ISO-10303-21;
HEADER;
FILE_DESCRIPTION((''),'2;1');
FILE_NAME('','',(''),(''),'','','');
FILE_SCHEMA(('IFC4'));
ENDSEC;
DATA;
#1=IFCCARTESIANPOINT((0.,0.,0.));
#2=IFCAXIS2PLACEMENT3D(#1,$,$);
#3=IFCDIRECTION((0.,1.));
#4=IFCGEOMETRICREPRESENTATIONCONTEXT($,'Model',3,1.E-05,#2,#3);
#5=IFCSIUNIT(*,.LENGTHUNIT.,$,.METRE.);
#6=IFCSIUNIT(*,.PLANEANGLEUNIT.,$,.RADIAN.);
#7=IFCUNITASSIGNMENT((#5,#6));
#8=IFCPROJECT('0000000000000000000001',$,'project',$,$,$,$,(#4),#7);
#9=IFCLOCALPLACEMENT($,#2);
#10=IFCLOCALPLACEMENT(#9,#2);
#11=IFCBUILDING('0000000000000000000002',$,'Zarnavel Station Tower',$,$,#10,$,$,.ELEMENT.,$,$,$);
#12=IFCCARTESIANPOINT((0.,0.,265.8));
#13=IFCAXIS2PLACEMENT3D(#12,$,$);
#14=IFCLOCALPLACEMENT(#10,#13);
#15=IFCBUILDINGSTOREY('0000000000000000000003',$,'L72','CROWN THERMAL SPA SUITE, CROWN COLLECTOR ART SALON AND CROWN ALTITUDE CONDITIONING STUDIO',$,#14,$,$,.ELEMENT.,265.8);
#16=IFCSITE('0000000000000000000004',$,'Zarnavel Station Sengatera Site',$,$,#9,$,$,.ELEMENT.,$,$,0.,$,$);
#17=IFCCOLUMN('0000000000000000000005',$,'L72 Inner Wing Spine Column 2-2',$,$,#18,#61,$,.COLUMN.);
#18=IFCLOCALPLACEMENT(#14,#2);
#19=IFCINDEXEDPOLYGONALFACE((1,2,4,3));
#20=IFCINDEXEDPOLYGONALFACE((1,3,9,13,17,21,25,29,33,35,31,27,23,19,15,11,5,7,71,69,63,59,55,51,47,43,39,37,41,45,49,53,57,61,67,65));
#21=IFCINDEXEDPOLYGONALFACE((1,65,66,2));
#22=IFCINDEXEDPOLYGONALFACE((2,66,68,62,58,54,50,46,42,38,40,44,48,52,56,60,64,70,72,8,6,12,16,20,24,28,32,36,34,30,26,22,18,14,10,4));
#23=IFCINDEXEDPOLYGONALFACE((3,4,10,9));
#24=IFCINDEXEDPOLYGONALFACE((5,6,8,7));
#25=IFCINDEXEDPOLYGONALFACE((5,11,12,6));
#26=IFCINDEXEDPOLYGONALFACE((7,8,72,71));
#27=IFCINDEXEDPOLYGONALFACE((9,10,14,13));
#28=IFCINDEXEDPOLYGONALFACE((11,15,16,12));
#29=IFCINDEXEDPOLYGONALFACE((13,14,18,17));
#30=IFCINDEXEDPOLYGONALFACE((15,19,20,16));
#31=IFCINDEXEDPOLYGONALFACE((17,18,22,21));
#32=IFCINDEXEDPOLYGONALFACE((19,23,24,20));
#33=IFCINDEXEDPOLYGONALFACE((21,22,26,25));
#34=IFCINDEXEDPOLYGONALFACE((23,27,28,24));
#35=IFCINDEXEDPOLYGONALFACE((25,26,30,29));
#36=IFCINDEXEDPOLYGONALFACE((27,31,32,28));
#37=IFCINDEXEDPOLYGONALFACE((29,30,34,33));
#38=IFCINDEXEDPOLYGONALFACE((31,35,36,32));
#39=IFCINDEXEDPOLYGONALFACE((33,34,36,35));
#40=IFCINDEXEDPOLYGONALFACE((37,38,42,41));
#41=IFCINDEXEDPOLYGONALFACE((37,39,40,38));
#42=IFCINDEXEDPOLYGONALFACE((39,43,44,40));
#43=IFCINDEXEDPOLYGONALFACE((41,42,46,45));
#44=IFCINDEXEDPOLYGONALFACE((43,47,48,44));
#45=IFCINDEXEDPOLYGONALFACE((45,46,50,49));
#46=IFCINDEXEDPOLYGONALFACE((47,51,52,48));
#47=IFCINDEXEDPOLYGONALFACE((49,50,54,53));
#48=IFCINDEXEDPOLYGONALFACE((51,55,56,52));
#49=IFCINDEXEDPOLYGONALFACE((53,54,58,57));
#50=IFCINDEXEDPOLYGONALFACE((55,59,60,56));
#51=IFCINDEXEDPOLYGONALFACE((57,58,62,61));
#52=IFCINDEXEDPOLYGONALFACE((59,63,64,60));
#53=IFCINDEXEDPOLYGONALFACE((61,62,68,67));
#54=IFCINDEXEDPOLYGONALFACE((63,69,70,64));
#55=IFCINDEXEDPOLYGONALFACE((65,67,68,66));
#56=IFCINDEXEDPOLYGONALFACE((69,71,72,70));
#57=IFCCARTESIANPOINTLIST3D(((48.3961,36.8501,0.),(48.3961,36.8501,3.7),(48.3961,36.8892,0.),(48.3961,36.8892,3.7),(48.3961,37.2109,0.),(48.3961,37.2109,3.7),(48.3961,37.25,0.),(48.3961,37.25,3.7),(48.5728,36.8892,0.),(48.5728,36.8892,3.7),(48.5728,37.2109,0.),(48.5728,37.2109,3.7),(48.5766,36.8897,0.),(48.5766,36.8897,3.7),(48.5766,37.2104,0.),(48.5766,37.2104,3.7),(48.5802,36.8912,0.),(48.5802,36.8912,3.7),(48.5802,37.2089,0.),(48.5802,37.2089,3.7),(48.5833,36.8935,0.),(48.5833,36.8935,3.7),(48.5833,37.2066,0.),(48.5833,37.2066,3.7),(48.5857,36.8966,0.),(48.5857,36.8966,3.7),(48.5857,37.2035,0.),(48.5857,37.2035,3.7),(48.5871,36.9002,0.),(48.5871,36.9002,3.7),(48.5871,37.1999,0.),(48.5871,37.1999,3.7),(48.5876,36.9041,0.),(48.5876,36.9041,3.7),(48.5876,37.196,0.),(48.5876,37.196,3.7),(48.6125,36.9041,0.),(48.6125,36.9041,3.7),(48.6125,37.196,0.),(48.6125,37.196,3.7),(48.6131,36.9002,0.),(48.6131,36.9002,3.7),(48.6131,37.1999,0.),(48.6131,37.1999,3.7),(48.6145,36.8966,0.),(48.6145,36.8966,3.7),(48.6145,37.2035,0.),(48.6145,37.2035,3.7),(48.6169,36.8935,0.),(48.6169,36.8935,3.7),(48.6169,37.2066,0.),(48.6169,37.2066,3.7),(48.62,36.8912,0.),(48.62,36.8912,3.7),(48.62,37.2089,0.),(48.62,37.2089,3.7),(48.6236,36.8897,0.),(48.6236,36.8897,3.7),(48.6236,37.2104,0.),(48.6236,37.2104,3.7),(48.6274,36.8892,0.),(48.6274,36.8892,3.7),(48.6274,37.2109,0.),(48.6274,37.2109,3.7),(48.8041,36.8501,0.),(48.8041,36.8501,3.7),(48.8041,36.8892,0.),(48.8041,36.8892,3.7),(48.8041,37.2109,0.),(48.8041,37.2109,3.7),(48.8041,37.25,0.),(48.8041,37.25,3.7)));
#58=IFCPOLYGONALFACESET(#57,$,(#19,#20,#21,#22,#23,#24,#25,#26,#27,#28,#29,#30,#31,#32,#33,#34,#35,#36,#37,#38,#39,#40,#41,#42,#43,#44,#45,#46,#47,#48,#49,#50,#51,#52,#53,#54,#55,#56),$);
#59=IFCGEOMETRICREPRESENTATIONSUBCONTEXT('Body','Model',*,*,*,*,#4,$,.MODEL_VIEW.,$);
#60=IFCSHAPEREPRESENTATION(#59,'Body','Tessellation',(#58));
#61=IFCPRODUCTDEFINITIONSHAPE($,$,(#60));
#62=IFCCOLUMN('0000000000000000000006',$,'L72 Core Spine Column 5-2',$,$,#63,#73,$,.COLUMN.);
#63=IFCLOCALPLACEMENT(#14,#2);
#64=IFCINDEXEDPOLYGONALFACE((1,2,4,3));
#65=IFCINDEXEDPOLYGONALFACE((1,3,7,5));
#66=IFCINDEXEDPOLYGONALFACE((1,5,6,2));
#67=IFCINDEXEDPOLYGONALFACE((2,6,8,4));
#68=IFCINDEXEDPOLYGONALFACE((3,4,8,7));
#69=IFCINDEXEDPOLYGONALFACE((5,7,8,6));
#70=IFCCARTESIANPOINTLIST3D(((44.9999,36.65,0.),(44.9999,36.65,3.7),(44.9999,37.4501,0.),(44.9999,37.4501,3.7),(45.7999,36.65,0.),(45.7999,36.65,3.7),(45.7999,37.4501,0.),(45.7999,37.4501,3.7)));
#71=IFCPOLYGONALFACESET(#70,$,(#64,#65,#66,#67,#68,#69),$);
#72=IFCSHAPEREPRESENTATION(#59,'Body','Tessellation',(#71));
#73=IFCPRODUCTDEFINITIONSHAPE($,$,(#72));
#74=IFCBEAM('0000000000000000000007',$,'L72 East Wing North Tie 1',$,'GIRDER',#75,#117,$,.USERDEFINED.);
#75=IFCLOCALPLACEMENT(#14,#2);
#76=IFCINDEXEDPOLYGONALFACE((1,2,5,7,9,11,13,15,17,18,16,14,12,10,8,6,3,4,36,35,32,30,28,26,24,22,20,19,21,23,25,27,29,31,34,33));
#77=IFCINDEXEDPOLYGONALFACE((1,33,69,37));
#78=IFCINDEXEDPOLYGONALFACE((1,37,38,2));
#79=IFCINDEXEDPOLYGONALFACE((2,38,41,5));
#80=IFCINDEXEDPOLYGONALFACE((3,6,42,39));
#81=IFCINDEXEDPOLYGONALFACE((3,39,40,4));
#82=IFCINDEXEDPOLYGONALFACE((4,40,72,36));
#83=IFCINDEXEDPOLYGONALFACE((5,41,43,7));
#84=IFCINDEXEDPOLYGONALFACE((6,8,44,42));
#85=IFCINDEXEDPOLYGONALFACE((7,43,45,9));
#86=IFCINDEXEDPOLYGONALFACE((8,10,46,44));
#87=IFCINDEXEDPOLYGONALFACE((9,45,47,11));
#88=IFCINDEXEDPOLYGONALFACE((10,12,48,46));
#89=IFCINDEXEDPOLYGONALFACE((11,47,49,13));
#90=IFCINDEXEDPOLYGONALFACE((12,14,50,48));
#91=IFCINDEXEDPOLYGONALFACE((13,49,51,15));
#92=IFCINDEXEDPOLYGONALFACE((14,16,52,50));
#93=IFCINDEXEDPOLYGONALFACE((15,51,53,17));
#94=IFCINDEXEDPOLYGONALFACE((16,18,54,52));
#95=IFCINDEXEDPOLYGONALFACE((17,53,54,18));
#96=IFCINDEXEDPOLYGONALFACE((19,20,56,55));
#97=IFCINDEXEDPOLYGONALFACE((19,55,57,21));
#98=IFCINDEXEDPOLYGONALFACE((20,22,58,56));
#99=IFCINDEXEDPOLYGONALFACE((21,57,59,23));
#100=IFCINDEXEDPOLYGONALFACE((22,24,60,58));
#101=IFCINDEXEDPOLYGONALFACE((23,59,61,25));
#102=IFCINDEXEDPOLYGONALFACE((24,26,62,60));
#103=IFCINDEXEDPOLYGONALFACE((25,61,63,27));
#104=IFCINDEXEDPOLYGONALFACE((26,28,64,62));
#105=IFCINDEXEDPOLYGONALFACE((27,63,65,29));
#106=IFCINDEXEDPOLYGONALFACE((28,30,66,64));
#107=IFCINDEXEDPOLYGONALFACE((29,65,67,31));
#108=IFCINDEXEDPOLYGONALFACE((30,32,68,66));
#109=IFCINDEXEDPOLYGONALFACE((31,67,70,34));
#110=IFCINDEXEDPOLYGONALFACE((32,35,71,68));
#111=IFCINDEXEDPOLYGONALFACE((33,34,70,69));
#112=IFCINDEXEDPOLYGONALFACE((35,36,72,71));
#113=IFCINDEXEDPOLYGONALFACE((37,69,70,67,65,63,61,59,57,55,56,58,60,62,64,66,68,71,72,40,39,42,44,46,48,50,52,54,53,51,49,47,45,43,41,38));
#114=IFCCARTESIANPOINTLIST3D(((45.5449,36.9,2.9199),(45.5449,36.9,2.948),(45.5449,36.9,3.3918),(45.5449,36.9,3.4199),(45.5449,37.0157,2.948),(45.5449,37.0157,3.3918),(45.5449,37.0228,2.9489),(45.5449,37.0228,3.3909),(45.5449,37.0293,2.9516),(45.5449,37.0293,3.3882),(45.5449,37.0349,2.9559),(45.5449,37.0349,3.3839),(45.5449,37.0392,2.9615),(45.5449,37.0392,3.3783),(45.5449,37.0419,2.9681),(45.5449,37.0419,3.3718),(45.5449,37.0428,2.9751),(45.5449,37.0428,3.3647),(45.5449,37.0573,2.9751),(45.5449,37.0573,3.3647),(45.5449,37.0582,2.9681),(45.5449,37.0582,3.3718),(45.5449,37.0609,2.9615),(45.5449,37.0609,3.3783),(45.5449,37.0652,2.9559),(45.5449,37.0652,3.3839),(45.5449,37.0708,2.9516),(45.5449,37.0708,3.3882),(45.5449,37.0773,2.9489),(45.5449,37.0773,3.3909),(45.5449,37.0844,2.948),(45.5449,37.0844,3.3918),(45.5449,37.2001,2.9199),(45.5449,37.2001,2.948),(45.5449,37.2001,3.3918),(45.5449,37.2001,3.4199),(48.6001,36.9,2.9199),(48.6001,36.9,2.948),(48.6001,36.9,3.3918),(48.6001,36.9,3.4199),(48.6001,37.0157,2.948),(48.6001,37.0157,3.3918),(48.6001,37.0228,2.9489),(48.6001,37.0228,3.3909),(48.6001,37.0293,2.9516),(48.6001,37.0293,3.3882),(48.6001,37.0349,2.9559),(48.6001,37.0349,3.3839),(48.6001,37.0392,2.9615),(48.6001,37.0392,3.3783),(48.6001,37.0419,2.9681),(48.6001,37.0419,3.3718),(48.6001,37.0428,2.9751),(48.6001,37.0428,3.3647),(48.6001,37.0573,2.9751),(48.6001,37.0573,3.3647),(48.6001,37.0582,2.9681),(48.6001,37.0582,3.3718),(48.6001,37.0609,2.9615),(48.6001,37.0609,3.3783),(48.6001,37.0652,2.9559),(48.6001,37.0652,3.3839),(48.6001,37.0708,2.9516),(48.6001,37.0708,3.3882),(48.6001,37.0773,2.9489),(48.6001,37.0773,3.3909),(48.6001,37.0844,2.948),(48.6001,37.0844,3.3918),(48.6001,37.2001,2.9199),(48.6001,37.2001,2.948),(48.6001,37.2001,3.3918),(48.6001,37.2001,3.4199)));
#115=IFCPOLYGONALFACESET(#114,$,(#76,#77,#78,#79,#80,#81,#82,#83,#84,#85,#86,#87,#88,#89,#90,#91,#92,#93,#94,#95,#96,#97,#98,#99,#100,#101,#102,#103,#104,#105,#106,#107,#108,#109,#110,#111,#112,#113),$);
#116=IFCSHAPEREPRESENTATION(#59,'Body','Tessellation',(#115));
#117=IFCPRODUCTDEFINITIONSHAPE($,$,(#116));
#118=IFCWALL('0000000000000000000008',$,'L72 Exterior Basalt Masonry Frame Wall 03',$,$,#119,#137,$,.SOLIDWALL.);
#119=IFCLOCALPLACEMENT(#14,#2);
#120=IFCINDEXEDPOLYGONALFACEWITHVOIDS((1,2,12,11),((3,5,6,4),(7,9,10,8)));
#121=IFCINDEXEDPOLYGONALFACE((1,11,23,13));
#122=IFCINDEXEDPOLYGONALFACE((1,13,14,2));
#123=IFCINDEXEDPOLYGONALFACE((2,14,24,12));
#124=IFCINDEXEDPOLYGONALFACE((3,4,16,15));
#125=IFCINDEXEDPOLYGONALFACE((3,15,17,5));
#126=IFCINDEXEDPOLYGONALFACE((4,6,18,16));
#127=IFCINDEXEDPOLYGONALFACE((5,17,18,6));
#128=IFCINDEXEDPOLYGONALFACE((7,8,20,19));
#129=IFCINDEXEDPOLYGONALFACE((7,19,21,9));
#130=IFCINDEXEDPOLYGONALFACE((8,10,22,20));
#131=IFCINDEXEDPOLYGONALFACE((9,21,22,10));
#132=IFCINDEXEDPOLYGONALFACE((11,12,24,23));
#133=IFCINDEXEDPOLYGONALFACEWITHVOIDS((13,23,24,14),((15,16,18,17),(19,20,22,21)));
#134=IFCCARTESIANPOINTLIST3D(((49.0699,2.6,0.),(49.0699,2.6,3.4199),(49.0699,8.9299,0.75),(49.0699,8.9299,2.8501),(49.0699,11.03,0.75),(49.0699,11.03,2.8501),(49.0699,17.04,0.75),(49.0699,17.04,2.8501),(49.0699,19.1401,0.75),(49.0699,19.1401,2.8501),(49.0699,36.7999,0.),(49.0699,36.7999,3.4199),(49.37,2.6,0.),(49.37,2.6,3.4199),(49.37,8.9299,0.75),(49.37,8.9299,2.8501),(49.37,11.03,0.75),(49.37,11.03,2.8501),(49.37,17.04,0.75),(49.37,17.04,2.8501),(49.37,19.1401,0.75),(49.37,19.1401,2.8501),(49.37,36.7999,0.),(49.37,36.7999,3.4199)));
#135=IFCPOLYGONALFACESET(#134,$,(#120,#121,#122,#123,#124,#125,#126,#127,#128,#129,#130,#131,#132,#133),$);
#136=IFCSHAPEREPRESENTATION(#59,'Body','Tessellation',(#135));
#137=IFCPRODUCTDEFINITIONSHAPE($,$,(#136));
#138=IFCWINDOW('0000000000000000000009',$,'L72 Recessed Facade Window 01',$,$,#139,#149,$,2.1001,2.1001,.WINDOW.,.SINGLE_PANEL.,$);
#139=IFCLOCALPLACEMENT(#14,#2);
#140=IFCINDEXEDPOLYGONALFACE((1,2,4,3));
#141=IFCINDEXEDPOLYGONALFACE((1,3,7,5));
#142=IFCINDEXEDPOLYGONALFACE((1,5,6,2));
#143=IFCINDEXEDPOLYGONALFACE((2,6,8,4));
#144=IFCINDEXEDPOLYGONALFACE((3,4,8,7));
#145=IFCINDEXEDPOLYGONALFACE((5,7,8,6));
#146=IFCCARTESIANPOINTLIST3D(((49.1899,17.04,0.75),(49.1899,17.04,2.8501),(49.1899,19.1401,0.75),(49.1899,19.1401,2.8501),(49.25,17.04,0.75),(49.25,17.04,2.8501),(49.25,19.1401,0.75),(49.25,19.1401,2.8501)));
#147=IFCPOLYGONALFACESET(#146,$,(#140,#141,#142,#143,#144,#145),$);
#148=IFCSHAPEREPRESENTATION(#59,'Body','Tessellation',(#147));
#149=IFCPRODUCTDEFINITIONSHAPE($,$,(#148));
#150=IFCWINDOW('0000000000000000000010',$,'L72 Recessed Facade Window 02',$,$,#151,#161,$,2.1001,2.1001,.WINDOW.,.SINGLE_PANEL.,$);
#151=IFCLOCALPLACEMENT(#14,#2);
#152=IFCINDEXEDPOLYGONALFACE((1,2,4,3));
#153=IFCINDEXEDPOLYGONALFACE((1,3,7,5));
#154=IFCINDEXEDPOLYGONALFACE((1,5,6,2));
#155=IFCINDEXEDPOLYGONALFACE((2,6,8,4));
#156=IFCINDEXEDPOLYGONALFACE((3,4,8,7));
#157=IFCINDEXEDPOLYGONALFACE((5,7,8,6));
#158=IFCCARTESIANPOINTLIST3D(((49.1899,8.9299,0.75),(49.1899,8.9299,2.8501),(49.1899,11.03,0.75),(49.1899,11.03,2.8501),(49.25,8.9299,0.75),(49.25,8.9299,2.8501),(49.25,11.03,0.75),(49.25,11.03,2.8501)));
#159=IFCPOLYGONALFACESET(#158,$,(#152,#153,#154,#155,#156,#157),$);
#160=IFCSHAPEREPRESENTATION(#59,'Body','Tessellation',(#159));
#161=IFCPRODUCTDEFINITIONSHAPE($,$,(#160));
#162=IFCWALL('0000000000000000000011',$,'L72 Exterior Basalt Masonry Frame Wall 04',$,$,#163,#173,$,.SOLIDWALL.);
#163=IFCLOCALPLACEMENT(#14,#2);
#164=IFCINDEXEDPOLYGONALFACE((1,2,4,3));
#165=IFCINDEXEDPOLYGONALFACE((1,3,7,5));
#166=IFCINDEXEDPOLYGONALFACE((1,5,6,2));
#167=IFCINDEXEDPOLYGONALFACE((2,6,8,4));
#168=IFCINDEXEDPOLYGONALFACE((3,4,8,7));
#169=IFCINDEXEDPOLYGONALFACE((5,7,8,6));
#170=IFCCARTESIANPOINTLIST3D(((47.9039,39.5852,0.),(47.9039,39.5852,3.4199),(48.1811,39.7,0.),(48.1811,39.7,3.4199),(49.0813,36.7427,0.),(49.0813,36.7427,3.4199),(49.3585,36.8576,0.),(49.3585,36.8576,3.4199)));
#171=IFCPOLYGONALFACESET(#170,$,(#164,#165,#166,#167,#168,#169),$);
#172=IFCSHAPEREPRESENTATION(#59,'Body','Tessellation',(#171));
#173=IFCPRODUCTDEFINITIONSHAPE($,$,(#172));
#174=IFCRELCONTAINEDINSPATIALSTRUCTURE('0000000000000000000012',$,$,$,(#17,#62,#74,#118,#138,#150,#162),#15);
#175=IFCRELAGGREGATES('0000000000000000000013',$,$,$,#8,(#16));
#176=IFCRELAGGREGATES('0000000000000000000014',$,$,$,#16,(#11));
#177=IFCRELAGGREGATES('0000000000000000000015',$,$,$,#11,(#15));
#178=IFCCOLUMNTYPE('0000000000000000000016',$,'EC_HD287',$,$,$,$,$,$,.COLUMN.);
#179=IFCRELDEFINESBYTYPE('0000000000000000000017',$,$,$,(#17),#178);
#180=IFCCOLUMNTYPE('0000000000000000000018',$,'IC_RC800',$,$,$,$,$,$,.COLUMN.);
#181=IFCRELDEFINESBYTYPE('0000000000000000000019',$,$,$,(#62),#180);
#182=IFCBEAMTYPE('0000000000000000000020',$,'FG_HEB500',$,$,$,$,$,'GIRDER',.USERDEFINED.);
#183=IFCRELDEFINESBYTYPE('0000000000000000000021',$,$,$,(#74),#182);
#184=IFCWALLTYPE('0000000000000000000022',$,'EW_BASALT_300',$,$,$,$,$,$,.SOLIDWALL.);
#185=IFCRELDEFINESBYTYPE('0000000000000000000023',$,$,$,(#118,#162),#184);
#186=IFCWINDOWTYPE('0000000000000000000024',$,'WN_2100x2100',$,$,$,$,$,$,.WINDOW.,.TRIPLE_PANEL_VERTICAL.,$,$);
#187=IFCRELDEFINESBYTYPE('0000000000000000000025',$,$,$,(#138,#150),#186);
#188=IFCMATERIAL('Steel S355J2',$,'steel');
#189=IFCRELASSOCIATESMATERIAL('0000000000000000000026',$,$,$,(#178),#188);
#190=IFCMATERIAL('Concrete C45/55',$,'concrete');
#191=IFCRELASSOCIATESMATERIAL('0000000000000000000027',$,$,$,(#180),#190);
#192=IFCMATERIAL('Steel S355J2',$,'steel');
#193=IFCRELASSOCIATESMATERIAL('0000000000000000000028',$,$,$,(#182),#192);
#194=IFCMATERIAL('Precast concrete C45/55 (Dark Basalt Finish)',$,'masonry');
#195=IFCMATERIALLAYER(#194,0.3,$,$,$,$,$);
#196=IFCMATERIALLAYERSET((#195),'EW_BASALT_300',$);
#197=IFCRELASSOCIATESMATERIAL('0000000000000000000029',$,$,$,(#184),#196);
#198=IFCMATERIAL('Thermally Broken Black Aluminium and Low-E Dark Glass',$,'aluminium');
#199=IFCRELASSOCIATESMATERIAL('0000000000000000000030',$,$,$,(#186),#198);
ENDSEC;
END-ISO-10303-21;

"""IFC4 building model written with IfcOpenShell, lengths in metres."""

from ifc_helpers import new_model, si_unit, direction, frame, frame_2d, origin, origin_2d, place, context, subcontext, project, spatial, rectangle, i_section, extrude, material, layer, layer_set, material_profile, profile_set, type_object, element, fill, save


model = new_model("IFC4")

# Units and contexts
model_context = context("Model", 3, precision=1e-05, world=origin(), true_north=direction((0.0, 1.0)))
body_context = subcontext(model_context, "Body", "Model", "MODEL_VIEW")
ifc_project = project(units=[si_unit("LENGTHUNIT", "METRE"), si_unit("PLANEANGLEUNIT", "RADIAN")], contexts=[model_context])

# Site, building, storey
site_placement = place(None, origin())
site = spatial("IfcSite", under=ifc_project, at=site_placement, Name="Zarnavel Station Sengatera Site", CompositionType="ELEMENT", RefElevation=0.0)
building_placement = place(site_placement, origin())
building = spatial("IfcBuilding", under=site, at=building_placement, Name="Zarnavel Station Tower", CompositionType="ELEMENT")
storey_placement = place(building_placement, frame((0.0, 0.0, 265.8)))
storey = spatial("IfcBuildingStorey", under=building, at=storey_placement, Name="L72", Description="CROWN THERMAL SPA SUITE, CROWN COLLECTOR ART SALON AND CROWN ALTITUDE CONDITIONING STUDIO", CompositionType="ELEMENT", Elevation=265.8)

# Columns
ifc_material_1 = material(Name="Steel S355J2", Category="steel")
ifc_material_profile_1 = material_profile(ifc_material_1, i_section(OverallWidth=0.408, OverallDepth=0.3999, WebThickness=0.0249, FlangeThickness=0.0391, FilletRadius=0.0149, at=origin_2d()), Name="HD400x287")
ifc_profile_set_1 = profile_set([ifc_material_profile_1], Name="Steel S355J2")
column_type_1 = type_object("IfcColumnType", Name="EC_HD287", PredefinedType="COLUMN", material=ifc_profile_set_1)
column_1_placement = place(storey_placement, frame((48.6001, 37.05, 0.0), z_axis=(0.0, 0.0, 1.0), x_axis=(1.0, 0.0, 0.0)))
element("IfcColumn", 1, at=column_1_placement, inside=storey, type_object=column_type_1, Name="L72 Inner Wing Spine Column 2-2", PredefinedType="COLUMN", context=body_context, shape_type="SweptSolid", body=[
    extrude(i_section(OverallWidth=0.408, OverallDepth=0.3999, WebThickness=0.0249, FlangeThickness=0.0391, FilletRadius=0.0149, at=origin_2d()), origin(), (0.0, 0.0, 1.0), 3.7),
])
ifc_material_2 = material(Name="Concrete C45/55", Category="concrete")
ifc_material_profile_2 = material_profile(ifc_material_2, rectangle(XDim=0.8, YDim=0.8, at=origin_2d()), Name="RC800x800")
ifc_profile_set_2 = profile_set([ifc_material_profile_2], Name="Concrete C45/55")
column_type_2 = type_object("IfcColumnType", Name="IC_RC800", PredefinedType="COLUMN", material=ifc_profile_set_2)
column_2_placement = place(storey_placement, frame((45.3999, 37.05, 0.0), z_axis=(0.0, 0.0, 1.0), x_axis=(1.0, 0.0, 0.0)))
element("IfcColumn", 2, at=column_2_placement, inside=storey, type_object=column_type_2, Name="L72 Core Spine Column 5-2", PredefinedType="COLUMN", context=body_context, shape_type="SweptSolid", body=[
    extrude(rectangle(XDim=0.8, YDim=0.8, at=origin_2d()), origin(), (0.0, 0.0, 1.0), 3.7),
])

# Beam
ifc_material_3 = material(Name="Steel S355J2", Category="steel")
ifc_material_profile_3 = material_profile(ifc_material_3, i_section(OverallWidth=0.3, OverallDepth=0.5, WebThickness=0.0144, FlangeThickness=0.0281, FilletRadius=0.0271, at=origin_2d()), Name="HEB500")
ifc_profile_set_3 = profile_set([ifc_material_profile_3], Name="Steel S355J2")
beam_type = type_object("IfcBeamType", Name="FG_HEB500", ElementType="GIRDER", PredefinedType="USERDEFINED", material=ifc_profile_set_3)
beam_placement = place(storey_placement, frame((45.5449, 37.05, 3.1699), z_axis=(1.0, 0.0, 0.0), x_axis=(0.0, 1.0, 0.0)))
element("IfcBeam", 3, at=beam_placement, inside=storey, type_object=beam_type, Name="L72 East Wing North Tie 1", ObjectType="GIRDER", PredefinedType="USERDEFINED", context=body_context, shape_type="SweptSolid", body=[
    extrude(i_section(OverallWidth=0.3, OverallDepth=0.5, WebThickness=0.0144, FlangeThickness=0.0281, FilletRadius=0.0271, at=origin_2d()), origin(), (0.0, 0.0, 1.0), 3.0552),
])

# Wall, openings, windows
ifc_material_4 = material(Name="Precast concrete C45/55 (Dark Basalt Finish)", Category="masonry")
ifc_layer_1 = layer(ifc_material_4, 0.3)
ifc_layer_set_1 = layer_set([ifc_layer_1], Name="EW_BASALT_300")
wall_type_1 = type_object("IfcWallType", Name="EW_BASALT_300", PredefinedType="SOLIDWALL", material=ifc_layer_set_1)
wall_1_placement = place(storey_placement, frame((49.22, 36.8, 0.0), z_axis=(0.0, 0.0, 1.0), x_axis=(0.0, -1.0, 0.0)))
wall_1 = element("IfcWall", 4, at=wall_1_placement, inside=storey, type_object=wall_type_1, Name="L72 Exterior Basalt Masonry Frame Wall 03", PredefinedType="SOLIDWALL", context=body_context, shape_type="SweptSolid", body=[
    extrude(rectangle(XDim=34.2, YDim=0.3, at=frame_2d((17.1001, 0.0))), origin(), (0.0, 0.0, 1.0), 3.4199),
])
opening_1_placement = place(wall_1_placement, frame((17.6599, 0.0, 0.75)))
opening_1 = element("IfcOpeningElement", 5, at=opening_1_placement, cuts=wall_1, PredefinedType="OPENING", context=body_context, shape_type="SweptSolid", body=[
    extrude(rectangle(XDim=2.1001, YDim=2.1001, at=frame_2d((1.05, 1.05))), frame((0.0, 0.1599, 0.0), z_axis=(0.0, -1.0, 0.0), x_axis=(1.0, 0.0, 0.0)), (0.0, 0.0, 1.0), 0.3201),
])
opening_2_placement = place(wall_1_placement, frame((25.77, 0.0, 0.75)))
opening_2 = element("IfcOpeningElement", 6, at=opening_2_placement, cuts=wall_1, PredefinedType="OPENING", context=body_context, shape_type="SweptSolid", body=[
    extrude(rectangle(XDim=2.1001, YDim=2.1001, at=frame_2d((1.05, 1.05))), frame((0.0, 0.1599, 0.0), z_axis=(0.0, -1.0, 0.0), x_axis=(1.0, 0.0, 0.0)), (0.0, 0.0, 1.0), 0.3201),
])
ifc_material_5 = material(Name="Thermally Broken Black Aluminium and Low-E Dark Glass", Category="aluminium")
window_type = type_object("IfcWindowType", Name="WN_2100x2100", PartitioningType="TRIPLE_PANEL_VERTICAL", PredefinedType="WINDOW", material=ifc_material_5)
window_1_placement = place(opening_1_placement, origin())
window_1 = element("IfcWindow", 7, at=window_1_placement, inside=storey, type_object=window_type, Name="L72 Recessed Facade Window 01", OverallHeight=2.1001, OverallWidth=2.1001, PartitioningType="SINGLE_PANEL", PredefinedType="WINDOW", context=body_context, shape_type="SweptSolid", body=[
    extrude(rectangle(XDim=2.1001, YDim=2.1001, at=frame_2d((1.05, 1.05))), frame((0.0, 0.03, 0.0), z_axis=(0.0, -1.0, 0.0), x_axis=(1.0, 0.0, 0.0)), (0.0, 0.0, 1.0), 0.0601),
])
fill(opening_1, window_1)
window_2_placement = place(opening_2_placement, origin())
window_2 = element("IfcWindow", 8, at=window_2_placement, inside=storey, type_object=window_type, Name="L72 Recessed Facade Window 02", OverallHeight=2.1001, OverallWidth=2.1001, PartitioningType="SINGLE_PANEL", PredefinedType="WINDOW", context=body_context, shape_type="SweptSolid", body=[
    extrude(rectangle(XDim=2.1001, YDim=2.1001, at=frame_2d((1.05, 1.05))), frame((0.0, 0.03, 0.0), z_axis=(0.0, -1.0, 0.0), x_axis=(1.0, 0.0, 0.0)), (0.0, 0.0, 1.0), 0.0601),
])
fill(opening_2, window_2)

# Wall
for number, where, z_axis, x_axis, name in (
    (9, (48.0425, 39.6426, 0.0), (0.0, 0.0, 1.0), (0.382705, -0.923871, 0.0), "L72 Exterior Basalt Masonry Frame Wall 04"),
):
    element("IfcWall", number, at=place(storey_placement, frame(where, z_axis=z_axis, x_axis=x_axis)), inside=storey, type_object=wall_type_1, Name=name, PredefinedType="SOLIDWALL", context=body_context, shape_type="SweptSolid", body=[
        extrude(rectangle(XDim=3.0767, YDim=0.3, at=frame_2d((1.5383, 0.0))), origin(), (0.0, 0.0, 1.0), 3.4199),
    ])

save(model, "model.ifc")
